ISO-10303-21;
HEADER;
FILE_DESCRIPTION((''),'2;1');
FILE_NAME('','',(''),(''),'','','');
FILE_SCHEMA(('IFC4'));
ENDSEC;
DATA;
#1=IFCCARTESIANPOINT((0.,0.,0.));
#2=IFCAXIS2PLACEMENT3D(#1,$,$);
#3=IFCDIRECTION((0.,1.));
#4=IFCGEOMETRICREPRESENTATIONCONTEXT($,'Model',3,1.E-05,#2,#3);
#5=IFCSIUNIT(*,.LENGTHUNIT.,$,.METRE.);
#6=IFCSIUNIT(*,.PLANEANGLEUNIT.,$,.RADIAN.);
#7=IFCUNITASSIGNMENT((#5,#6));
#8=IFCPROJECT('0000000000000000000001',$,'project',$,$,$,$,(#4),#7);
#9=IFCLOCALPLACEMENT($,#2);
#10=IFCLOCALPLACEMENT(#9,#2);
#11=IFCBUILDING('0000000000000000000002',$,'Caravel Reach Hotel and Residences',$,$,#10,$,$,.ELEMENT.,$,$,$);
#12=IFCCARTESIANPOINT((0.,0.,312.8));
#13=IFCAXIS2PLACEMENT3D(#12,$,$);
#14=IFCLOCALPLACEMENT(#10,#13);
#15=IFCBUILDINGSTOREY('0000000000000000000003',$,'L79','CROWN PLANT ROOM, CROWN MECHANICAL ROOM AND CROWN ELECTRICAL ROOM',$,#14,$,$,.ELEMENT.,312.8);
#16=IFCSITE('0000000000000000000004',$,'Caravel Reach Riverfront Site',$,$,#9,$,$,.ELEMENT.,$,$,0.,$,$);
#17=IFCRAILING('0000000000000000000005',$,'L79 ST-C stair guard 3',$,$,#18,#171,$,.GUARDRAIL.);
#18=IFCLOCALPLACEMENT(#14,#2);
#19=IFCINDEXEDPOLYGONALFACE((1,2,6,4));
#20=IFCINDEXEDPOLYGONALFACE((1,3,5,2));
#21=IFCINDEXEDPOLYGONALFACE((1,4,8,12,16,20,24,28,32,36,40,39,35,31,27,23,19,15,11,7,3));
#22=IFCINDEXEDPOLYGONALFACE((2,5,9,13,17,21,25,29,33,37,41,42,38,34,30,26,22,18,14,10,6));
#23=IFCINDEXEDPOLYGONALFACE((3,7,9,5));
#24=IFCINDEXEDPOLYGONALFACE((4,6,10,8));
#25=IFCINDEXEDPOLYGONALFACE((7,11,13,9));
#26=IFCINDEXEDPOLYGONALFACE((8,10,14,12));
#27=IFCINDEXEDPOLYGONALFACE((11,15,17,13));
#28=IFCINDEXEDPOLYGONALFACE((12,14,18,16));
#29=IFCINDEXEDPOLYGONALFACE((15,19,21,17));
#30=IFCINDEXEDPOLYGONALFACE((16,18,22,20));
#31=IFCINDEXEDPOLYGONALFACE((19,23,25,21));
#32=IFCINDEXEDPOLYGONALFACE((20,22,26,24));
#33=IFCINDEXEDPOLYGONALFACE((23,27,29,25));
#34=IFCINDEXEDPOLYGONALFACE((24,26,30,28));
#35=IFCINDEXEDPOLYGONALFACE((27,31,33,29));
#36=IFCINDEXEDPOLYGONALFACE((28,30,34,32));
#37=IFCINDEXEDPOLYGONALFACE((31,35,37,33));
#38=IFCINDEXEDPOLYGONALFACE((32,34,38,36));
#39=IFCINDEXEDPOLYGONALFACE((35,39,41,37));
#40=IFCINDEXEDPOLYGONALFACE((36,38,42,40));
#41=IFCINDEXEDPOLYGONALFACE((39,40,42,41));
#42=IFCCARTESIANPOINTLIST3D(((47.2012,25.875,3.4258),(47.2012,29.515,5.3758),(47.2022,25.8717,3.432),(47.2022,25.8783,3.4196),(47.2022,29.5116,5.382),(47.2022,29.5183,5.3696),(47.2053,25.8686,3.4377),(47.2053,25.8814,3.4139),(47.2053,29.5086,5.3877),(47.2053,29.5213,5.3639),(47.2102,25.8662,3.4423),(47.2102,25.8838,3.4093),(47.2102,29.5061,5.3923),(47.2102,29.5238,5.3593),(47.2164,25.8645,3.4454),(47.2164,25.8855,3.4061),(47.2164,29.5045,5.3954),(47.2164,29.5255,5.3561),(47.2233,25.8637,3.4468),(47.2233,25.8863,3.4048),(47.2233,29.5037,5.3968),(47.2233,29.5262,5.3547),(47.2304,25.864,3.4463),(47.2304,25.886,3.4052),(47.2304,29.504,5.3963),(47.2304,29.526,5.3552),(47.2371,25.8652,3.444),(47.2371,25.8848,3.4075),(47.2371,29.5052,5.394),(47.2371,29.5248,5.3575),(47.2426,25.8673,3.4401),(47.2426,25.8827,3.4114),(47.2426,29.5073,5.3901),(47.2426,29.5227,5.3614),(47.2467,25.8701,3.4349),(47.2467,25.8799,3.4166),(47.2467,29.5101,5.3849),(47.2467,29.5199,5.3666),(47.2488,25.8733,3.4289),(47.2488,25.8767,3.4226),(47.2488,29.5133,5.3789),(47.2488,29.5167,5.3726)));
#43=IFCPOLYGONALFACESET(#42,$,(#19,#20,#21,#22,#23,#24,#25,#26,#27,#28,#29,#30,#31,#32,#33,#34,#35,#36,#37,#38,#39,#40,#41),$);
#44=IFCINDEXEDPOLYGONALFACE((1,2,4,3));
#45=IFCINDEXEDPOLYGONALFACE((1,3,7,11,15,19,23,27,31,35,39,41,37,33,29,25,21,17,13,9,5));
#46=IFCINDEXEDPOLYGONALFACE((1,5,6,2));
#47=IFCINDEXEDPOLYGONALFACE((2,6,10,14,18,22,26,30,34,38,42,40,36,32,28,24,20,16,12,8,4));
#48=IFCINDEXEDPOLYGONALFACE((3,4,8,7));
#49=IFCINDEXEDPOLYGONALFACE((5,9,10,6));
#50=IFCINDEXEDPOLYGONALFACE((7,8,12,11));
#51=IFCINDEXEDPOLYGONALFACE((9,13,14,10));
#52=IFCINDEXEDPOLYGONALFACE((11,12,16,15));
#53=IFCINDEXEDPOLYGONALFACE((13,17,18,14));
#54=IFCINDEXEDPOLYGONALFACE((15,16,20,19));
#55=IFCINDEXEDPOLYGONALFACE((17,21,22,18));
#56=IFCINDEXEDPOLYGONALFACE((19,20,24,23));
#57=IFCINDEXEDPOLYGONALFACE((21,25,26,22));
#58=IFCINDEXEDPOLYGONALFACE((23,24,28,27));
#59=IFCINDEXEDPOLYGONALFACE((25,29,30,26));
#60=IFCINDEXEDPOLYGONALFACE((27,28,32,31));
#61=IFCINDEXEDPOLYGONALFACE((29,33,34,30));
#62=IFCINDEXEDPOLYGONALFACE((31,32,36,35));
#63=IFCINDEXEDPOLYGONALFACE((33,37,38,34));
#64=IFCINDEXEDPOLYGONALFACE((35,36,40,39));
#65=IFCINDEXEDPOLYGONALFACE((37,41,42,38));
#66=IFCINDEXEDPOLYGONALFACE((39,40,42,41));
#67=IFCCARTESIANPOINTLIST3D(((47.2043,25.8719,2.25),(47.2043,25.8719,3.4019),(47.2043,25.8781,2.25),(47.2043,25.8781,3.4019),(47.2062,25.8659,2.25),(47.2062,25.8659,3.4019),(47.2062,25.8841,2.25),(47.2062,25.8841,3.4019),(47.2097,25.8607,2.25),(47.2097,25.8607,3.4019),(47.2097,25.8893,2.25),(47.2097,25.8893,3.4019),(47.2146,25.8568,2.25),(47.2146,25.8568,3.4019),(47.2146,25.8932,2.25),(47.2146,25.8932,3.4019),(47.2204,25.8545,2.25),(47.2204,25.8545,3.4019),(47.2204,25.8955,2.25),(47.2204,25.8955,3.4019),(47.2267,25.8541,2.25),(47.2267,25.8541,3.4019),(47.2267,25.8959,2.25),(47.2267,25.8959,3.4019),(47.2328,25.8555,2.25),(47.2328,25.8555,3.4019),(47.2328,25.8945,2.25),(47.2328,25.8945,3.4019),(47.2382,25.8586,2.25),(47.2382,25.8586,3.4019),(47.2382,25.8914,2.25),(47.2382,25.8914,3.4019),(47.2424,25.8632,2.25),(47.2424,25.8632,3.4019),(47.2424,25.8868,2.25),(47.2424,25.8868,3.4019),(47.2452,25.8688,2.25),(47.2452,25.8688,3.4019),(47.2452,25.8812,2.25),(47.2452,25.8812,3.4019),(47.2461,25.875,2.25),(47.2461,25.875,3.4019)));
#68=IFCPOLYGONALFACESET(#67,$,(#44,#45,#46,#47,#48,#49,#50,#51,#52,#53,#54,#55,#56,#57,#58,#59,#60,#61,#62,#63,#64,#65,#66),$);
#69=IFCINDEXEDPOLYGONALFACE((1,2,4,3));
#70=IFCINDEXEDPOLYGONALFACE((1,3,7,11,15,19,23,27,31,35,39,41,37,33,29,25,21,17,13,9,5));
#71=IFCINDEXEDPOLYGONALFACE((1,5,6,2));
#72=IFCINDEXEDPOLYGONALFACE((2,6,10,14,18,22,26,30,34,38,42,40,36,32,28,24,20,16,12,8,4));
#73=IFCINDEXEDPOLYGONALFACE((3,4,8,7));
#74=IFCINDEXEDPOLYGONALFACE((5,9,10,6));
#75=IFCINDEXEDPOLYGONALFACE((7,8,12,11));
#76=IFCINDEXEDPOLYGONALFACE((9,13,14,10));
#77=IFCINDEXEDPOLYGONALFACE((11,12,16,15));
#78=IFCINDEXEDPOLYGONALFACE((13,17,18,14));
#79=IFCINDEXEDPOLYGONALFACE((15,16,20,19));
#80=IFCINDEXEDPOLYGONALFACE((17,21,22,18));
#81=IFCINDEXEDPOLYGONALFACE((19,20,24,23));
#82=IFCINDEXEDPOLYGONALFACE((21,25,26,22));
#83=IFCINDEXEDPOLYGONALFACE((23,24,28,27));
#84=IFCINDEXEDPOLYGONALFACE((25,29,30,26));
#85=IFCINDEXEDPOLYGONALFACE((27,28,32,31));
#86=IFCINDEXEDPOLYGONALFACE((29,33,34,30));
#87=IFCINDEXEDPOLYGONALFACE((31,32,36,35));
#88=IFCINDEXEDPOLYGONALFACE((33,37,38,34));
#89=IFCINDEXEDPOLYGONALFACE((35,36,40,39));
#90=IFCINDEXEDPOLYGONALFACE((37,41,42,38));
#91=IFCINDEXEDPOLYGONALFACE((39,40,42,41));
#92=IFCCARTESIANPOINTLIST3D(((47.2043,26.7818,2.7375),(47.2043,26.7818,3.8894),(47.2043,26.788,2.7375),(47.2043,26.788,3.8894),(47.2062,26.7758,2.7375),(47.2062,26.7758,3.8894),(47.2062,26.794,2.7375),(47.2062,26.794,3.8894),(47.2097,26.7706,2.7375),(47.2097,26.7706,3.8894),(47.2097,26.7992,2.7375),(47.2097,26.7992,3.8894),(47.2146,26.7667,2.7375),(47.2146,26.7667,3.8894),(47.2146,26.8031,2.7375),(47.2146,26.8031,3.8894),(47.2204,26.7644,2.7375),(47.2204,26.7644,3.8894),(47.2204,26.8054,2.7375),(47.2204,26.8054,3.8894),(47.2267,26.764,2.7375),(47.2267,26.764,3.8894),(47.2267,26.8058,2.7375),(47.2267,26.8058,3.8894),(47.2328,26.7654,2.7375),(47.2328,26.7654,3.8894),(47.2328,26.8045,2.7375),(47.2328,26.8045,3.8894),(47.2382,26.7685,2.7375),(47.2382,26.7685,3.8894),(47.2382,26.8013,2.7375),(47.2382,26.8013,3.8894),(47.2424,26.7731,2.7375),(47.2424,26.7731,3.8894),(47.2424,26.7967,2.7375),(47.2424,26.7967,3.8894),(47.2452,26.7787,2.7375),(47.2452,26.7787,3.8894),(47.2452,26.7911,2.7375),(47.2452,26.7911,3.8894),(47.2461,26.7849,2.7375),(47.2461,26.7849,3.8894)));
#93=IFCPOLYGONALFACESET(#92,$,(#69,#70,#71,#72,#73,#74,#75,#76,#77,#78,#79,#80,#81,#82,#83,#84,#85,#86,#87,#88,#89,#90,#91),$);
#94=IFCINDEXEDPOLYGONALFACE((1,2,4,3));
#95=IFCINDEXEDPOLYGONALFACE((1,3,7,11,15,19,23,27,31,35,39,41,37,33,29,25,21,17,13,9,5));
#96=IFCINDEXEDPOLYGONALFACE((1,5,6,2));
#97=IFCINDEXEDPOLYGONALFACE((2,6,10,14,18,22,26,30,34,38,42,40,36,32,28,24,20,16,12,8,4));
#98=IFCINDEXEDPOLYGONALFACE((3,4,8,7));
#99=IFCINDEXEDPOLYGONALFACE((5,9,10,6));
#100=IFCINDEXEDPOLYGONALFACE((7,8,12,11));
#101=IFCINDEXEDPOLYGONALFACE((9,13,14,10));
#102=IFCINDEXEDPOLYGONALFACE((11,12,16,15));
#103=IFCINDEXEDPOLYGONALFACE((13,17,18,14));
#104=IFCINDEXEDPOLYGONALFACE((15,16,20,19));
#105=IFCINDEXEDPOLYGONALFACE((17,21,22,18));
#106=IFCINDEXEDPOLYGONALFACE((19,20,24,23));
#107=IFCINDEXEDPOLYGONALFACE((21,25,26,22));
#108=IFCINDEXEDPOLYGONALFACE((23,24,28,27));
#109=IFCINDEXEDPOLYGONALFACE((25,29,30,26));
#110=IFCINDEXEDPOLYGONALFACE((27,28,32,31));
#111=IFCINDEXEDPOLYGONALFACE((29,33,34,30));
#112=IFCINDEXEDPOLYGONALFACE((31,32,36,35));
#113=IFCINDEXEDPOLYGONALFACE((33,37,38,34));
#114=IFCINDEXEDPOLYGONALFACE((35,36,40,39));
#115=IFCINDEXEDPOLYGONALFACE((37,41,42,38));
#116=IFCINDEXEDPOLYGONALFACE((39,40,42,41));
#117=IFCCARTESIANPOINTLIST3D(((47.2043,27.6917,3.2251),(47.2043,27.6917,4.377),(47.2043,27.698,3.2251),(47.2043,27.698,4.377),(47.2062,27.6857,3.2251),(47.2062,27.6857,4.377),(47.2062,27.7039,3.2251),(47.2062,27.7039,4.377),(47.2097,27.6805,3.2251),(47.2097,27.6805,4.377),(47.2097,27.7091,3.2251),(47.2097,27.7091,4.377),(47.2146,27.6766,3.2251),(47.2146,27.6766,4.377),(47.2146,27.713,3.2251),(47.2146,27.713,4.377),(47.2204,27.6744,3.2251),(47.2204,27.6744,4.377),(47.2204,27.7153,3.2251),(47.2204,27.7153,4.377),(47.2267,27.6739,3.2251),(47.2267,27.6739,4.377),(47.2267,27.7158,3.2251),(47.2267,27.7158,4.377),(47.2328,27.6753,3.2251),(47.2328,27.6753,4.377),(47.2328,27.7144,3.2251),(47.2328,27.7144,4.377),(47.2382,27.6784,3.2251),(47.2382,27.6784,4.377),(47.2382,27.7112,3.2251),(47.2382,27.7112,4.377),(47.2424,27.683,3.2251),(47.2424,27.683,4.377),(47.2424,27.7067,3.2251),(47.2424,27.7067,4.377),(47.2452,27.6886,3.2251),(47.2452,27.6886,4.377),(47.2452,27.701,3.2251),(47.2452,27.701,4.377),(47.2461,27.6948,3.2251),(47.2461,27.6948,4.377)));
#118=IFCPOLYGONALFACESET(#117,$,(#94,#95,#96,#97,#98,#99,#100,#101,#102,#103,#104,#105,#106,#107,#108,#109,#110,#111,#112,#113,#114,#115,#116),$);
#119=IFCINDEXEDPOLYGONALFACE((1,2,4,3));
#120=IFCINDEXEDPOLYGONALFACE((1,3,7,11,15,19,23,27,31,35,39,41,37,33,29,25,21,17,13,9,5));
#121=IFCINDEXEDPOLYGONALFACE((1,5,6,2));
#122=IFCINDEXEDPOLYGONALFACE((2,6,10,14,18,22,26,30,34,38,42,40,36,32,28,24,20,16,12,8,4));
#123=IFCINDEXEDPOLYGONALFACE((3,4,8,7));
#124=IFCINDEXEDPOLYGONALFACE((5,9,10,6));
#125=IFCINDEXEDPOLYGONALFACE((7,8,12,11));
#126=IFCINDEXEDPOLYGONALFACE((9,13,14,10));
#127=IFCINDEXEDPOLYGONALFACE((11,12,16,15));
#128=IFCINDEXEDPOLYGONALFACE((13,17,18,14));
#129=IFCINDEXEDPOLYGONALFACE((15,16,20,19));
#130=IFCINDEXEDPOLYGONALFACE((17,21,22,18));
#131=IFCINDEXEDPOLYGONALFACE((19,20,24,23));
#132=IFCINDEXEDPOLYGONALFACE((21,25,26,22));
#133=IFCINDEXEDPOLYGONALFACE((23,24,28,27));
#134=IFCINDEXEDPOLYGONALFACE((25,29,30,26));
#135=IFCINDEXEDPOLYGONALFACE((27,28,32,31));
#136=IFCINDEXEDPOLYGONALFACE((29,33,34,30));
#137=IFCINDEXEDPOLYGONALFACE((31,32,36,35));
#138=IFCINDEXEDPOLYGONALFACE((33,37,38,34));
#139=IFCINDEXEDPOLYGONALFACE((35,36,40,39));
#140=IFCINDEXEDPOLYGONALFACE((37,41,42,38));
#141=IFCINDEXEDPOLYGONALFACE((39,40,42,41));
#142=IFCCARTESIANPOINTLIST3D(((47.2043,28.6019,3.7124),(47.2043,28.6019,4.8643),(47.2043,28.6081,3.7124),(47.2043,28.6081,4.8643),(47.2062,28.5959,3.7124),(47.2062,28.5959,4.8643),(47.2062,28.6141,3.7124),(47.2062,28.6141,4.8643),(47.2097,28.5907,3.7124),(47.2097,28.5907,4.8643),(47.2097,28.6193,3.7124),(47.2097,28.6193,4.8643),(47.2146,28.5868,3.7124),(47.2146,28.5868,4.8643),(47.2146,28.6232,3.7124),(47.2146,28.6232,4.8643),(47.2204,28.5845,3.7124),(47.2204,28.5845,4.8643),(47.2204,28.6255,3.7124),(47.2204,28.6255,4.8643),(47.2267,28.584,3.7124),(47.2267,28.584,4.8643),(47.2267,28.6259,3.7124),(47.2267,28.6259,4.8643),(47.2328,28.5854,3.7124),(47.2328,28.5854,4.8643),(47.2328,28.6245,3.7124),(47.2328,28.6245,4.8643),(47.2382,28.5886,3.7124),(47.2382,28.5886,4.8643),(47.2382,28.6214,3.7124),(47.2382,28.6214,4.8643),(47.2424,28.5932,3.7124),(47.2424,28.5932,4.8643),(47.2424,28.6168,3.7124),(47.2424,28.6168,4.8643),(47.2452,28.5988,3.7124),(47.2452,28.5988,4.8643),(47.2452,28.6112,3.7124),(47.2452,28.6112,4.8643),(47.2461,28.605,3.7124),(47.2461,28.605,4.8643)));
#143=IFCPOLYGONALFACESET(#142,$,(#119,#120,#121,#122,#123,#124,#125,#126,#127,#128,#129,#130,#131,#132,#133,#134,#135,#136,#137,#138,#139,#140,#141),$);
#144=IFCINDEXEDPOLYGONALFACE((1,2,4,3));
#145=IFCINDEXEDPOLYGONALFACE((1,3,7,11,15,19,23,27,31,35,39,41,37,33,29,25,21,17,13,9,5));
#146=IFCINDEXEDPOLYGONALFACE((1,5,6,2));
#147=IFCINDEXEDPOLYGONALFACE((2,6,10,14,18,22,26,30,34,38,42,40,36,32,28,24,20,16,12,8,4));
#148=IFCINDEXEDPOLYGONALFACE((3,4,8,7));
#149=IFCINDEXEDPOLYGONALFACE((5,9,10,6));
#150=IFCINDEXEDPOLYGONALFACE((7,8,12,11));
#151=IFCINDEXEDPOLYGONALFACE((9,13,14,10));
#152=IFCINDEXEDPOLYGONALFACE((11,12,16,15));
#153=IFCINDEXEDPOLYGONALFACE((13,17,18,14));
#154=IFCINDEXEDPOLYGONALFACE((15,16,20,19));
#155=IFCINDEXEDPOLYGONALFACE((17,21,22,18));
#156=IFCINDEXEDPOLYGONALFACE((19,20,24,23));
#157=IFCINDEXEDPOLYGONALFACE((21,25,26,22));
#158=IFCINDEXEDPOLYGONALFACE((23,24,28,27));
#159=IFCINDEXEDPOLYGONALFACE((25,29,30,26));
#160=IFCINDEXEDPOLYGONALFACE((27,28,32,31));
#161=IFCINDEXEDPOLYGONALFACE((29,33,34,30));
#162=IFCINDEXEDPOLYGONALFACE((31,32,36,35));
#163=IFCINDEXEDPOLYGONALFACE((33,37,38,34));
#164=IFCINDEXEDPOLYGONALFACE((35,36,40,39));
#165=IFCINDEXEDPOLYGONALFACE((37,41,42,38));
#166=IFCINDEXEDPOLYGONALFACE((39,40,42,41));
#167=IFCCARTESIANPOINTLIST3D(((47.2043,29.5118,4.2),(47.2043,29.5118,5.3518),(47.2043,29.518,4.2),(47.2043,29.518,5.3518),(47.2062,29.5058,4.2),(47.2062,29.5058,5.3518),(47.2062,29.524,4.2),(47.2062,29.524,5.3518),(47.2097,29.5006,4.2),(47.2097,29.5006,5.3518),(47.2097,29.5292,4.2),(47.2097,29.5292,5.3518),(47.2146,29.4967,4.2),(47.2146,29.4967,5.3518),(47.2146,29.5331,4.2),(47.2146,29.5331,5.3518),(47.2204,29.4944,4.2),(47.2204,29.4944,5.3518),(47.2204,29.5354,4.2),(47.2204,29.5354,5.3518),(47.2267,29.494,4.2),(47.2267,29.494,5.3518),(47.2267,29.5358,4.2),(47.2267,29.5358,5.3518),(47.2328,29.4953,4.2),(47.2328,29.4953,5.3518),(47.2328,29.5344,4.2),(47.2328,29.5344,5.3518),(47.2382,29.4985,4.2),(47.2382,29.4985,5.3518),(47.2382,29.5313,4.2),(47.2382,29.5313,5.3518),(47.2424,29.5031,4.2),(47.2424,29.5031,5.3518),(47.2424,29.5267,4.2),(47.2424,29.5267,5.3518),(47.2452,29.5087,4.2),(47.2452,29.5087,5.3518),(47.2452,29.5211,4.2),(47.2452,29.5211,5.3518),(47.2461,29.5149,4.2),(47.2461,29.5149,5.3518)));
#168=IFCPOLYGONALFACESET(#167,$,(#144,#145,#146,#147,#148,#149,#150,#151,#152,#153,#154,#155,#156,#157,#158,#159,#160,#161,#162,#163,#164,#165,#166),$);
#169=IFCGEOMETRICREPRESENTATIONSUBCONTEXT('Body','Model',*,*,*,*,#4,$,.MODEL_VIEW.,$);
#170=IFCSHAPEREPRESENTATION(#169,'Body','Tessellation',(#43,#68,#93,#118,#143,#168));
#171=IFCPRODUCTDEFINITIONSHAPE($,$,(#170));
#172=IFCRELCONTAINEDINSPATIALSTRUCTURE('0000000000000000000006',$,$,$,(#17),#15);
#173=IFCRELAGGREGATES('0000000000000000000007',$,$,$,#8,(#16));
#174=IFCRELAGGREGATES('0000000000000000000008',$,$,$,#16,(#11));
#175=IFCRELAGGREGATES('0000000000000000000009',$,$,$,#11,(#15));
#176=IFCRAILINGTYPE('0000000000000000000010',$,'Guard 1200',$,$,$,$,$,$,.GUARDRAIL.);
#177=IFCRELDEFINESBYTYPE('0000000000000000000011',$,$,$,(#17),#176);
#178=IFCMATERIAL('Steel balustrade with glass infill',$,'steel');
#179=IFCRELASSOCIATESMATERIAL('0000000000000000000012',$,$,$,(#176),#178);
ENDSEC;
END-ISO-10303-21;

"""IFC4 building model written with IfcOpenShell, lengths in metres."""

from ifc_helpers import new_model, si_unit, direction, frame, origin, origin_2d, place, context, subcontext, project, spatial, circle, extrude, material, type_object, element, save


model = new_model("IFC4")

# Units and contexts
model_context = context("Model", 3, precision=1e-05, world=origin(), true_north=direction((0.0, 1.0)))
body_context = subcontext(model_context, "Body", "Model", "MODEL_VIEW")
ifc_project = project(units=[si_unit("LENGTHUNIT", "METRE"), si_unit("PLANEANGLEUNIT", "RADIAN")], contexts=[model_context])

# Site, building, storey
site_placement = place(None, origin())
site = spatial("IfcSite", under=ifc_project, at=site_placement, Name="Caravel Reach Riverfront Site", CompositionType="ELEMENT", RefElevation=0.0)
building_placement = place(site_placement, origin())
building = spatial("IfcBuilding", under=site, at=building_placement, Name="Caravel Reach Hotel and Residences", CompositionType="ELEMENT")
storey_placement = place(building_placement, frame((0.0, 0.0, 312.8)))
storey = spatial("IfcBuildingStorey", under=building, at=storey_placement, Name="L79", Description="CROWN PLANT ROOM, CROWN MECHANICAL ROOM AND CROWN ELECTRICAL ROOM", CompositionType="ELEMENT", Elevation=312.8)

# Railing
ifc_material_1 = material(Name="Steel balustrade with glass infill", Category="steel")
railing_type_1 = type_object("IfcRailingType", Name="Guard 1200", PredefinedType="GUARDRAIL", material=ifc_material_1)
railing_1_placement = place(storey_placement, frame((47.2251, 25.875, 2.25)))
element("IfcRailing", 1, at=railing_1_placement, inside=storey, type_object=railing_type_1, Name="L79 ST-C stair guard 3", PredefinedType="GUARDRAIL", context=body_context, shape_type="SweptSolid", body=[
    extrude(circle(Radius=0.0239, at=origin_2d()), frame((0.0, 0.0, 1.1758), z_axis=(0.0, 0.881479, 0.472223), x_axis=(-1.0, 0.0, 0.0)), (0.0, 0.0, 1.0), 4.1294),
    extrude(circle(Radius=0.021, at=origin_2d()), origin(), (0.0, 0.0, 1.0), 1.1519),
    extrude(circle(Radius=0.021, at=origin_2d()), frame((0.0, 0.9099, 0.4875)), (0.0, 0.0, 1.0), 1.1519),
    extrude(circle(Radius=0.021, at=origin_2d()), frame((0.0, 1.8198, 0.9751)), (0.0, 0.0, 1.0), 1.1519),
    extrude(circle(Radius=0.021, at=origin_2d()), frame((0.0, 2.73, 1.4624)), (0.0, 0.0, 1.0), 1.1519),
    extrude(circle(Radius=0.021, at=origin_2d()), frame((0.0, 3.6399, 1.95)), (0.0, 0.0, 1.0), 1.1519),
])

save(model, "model.ifc")
